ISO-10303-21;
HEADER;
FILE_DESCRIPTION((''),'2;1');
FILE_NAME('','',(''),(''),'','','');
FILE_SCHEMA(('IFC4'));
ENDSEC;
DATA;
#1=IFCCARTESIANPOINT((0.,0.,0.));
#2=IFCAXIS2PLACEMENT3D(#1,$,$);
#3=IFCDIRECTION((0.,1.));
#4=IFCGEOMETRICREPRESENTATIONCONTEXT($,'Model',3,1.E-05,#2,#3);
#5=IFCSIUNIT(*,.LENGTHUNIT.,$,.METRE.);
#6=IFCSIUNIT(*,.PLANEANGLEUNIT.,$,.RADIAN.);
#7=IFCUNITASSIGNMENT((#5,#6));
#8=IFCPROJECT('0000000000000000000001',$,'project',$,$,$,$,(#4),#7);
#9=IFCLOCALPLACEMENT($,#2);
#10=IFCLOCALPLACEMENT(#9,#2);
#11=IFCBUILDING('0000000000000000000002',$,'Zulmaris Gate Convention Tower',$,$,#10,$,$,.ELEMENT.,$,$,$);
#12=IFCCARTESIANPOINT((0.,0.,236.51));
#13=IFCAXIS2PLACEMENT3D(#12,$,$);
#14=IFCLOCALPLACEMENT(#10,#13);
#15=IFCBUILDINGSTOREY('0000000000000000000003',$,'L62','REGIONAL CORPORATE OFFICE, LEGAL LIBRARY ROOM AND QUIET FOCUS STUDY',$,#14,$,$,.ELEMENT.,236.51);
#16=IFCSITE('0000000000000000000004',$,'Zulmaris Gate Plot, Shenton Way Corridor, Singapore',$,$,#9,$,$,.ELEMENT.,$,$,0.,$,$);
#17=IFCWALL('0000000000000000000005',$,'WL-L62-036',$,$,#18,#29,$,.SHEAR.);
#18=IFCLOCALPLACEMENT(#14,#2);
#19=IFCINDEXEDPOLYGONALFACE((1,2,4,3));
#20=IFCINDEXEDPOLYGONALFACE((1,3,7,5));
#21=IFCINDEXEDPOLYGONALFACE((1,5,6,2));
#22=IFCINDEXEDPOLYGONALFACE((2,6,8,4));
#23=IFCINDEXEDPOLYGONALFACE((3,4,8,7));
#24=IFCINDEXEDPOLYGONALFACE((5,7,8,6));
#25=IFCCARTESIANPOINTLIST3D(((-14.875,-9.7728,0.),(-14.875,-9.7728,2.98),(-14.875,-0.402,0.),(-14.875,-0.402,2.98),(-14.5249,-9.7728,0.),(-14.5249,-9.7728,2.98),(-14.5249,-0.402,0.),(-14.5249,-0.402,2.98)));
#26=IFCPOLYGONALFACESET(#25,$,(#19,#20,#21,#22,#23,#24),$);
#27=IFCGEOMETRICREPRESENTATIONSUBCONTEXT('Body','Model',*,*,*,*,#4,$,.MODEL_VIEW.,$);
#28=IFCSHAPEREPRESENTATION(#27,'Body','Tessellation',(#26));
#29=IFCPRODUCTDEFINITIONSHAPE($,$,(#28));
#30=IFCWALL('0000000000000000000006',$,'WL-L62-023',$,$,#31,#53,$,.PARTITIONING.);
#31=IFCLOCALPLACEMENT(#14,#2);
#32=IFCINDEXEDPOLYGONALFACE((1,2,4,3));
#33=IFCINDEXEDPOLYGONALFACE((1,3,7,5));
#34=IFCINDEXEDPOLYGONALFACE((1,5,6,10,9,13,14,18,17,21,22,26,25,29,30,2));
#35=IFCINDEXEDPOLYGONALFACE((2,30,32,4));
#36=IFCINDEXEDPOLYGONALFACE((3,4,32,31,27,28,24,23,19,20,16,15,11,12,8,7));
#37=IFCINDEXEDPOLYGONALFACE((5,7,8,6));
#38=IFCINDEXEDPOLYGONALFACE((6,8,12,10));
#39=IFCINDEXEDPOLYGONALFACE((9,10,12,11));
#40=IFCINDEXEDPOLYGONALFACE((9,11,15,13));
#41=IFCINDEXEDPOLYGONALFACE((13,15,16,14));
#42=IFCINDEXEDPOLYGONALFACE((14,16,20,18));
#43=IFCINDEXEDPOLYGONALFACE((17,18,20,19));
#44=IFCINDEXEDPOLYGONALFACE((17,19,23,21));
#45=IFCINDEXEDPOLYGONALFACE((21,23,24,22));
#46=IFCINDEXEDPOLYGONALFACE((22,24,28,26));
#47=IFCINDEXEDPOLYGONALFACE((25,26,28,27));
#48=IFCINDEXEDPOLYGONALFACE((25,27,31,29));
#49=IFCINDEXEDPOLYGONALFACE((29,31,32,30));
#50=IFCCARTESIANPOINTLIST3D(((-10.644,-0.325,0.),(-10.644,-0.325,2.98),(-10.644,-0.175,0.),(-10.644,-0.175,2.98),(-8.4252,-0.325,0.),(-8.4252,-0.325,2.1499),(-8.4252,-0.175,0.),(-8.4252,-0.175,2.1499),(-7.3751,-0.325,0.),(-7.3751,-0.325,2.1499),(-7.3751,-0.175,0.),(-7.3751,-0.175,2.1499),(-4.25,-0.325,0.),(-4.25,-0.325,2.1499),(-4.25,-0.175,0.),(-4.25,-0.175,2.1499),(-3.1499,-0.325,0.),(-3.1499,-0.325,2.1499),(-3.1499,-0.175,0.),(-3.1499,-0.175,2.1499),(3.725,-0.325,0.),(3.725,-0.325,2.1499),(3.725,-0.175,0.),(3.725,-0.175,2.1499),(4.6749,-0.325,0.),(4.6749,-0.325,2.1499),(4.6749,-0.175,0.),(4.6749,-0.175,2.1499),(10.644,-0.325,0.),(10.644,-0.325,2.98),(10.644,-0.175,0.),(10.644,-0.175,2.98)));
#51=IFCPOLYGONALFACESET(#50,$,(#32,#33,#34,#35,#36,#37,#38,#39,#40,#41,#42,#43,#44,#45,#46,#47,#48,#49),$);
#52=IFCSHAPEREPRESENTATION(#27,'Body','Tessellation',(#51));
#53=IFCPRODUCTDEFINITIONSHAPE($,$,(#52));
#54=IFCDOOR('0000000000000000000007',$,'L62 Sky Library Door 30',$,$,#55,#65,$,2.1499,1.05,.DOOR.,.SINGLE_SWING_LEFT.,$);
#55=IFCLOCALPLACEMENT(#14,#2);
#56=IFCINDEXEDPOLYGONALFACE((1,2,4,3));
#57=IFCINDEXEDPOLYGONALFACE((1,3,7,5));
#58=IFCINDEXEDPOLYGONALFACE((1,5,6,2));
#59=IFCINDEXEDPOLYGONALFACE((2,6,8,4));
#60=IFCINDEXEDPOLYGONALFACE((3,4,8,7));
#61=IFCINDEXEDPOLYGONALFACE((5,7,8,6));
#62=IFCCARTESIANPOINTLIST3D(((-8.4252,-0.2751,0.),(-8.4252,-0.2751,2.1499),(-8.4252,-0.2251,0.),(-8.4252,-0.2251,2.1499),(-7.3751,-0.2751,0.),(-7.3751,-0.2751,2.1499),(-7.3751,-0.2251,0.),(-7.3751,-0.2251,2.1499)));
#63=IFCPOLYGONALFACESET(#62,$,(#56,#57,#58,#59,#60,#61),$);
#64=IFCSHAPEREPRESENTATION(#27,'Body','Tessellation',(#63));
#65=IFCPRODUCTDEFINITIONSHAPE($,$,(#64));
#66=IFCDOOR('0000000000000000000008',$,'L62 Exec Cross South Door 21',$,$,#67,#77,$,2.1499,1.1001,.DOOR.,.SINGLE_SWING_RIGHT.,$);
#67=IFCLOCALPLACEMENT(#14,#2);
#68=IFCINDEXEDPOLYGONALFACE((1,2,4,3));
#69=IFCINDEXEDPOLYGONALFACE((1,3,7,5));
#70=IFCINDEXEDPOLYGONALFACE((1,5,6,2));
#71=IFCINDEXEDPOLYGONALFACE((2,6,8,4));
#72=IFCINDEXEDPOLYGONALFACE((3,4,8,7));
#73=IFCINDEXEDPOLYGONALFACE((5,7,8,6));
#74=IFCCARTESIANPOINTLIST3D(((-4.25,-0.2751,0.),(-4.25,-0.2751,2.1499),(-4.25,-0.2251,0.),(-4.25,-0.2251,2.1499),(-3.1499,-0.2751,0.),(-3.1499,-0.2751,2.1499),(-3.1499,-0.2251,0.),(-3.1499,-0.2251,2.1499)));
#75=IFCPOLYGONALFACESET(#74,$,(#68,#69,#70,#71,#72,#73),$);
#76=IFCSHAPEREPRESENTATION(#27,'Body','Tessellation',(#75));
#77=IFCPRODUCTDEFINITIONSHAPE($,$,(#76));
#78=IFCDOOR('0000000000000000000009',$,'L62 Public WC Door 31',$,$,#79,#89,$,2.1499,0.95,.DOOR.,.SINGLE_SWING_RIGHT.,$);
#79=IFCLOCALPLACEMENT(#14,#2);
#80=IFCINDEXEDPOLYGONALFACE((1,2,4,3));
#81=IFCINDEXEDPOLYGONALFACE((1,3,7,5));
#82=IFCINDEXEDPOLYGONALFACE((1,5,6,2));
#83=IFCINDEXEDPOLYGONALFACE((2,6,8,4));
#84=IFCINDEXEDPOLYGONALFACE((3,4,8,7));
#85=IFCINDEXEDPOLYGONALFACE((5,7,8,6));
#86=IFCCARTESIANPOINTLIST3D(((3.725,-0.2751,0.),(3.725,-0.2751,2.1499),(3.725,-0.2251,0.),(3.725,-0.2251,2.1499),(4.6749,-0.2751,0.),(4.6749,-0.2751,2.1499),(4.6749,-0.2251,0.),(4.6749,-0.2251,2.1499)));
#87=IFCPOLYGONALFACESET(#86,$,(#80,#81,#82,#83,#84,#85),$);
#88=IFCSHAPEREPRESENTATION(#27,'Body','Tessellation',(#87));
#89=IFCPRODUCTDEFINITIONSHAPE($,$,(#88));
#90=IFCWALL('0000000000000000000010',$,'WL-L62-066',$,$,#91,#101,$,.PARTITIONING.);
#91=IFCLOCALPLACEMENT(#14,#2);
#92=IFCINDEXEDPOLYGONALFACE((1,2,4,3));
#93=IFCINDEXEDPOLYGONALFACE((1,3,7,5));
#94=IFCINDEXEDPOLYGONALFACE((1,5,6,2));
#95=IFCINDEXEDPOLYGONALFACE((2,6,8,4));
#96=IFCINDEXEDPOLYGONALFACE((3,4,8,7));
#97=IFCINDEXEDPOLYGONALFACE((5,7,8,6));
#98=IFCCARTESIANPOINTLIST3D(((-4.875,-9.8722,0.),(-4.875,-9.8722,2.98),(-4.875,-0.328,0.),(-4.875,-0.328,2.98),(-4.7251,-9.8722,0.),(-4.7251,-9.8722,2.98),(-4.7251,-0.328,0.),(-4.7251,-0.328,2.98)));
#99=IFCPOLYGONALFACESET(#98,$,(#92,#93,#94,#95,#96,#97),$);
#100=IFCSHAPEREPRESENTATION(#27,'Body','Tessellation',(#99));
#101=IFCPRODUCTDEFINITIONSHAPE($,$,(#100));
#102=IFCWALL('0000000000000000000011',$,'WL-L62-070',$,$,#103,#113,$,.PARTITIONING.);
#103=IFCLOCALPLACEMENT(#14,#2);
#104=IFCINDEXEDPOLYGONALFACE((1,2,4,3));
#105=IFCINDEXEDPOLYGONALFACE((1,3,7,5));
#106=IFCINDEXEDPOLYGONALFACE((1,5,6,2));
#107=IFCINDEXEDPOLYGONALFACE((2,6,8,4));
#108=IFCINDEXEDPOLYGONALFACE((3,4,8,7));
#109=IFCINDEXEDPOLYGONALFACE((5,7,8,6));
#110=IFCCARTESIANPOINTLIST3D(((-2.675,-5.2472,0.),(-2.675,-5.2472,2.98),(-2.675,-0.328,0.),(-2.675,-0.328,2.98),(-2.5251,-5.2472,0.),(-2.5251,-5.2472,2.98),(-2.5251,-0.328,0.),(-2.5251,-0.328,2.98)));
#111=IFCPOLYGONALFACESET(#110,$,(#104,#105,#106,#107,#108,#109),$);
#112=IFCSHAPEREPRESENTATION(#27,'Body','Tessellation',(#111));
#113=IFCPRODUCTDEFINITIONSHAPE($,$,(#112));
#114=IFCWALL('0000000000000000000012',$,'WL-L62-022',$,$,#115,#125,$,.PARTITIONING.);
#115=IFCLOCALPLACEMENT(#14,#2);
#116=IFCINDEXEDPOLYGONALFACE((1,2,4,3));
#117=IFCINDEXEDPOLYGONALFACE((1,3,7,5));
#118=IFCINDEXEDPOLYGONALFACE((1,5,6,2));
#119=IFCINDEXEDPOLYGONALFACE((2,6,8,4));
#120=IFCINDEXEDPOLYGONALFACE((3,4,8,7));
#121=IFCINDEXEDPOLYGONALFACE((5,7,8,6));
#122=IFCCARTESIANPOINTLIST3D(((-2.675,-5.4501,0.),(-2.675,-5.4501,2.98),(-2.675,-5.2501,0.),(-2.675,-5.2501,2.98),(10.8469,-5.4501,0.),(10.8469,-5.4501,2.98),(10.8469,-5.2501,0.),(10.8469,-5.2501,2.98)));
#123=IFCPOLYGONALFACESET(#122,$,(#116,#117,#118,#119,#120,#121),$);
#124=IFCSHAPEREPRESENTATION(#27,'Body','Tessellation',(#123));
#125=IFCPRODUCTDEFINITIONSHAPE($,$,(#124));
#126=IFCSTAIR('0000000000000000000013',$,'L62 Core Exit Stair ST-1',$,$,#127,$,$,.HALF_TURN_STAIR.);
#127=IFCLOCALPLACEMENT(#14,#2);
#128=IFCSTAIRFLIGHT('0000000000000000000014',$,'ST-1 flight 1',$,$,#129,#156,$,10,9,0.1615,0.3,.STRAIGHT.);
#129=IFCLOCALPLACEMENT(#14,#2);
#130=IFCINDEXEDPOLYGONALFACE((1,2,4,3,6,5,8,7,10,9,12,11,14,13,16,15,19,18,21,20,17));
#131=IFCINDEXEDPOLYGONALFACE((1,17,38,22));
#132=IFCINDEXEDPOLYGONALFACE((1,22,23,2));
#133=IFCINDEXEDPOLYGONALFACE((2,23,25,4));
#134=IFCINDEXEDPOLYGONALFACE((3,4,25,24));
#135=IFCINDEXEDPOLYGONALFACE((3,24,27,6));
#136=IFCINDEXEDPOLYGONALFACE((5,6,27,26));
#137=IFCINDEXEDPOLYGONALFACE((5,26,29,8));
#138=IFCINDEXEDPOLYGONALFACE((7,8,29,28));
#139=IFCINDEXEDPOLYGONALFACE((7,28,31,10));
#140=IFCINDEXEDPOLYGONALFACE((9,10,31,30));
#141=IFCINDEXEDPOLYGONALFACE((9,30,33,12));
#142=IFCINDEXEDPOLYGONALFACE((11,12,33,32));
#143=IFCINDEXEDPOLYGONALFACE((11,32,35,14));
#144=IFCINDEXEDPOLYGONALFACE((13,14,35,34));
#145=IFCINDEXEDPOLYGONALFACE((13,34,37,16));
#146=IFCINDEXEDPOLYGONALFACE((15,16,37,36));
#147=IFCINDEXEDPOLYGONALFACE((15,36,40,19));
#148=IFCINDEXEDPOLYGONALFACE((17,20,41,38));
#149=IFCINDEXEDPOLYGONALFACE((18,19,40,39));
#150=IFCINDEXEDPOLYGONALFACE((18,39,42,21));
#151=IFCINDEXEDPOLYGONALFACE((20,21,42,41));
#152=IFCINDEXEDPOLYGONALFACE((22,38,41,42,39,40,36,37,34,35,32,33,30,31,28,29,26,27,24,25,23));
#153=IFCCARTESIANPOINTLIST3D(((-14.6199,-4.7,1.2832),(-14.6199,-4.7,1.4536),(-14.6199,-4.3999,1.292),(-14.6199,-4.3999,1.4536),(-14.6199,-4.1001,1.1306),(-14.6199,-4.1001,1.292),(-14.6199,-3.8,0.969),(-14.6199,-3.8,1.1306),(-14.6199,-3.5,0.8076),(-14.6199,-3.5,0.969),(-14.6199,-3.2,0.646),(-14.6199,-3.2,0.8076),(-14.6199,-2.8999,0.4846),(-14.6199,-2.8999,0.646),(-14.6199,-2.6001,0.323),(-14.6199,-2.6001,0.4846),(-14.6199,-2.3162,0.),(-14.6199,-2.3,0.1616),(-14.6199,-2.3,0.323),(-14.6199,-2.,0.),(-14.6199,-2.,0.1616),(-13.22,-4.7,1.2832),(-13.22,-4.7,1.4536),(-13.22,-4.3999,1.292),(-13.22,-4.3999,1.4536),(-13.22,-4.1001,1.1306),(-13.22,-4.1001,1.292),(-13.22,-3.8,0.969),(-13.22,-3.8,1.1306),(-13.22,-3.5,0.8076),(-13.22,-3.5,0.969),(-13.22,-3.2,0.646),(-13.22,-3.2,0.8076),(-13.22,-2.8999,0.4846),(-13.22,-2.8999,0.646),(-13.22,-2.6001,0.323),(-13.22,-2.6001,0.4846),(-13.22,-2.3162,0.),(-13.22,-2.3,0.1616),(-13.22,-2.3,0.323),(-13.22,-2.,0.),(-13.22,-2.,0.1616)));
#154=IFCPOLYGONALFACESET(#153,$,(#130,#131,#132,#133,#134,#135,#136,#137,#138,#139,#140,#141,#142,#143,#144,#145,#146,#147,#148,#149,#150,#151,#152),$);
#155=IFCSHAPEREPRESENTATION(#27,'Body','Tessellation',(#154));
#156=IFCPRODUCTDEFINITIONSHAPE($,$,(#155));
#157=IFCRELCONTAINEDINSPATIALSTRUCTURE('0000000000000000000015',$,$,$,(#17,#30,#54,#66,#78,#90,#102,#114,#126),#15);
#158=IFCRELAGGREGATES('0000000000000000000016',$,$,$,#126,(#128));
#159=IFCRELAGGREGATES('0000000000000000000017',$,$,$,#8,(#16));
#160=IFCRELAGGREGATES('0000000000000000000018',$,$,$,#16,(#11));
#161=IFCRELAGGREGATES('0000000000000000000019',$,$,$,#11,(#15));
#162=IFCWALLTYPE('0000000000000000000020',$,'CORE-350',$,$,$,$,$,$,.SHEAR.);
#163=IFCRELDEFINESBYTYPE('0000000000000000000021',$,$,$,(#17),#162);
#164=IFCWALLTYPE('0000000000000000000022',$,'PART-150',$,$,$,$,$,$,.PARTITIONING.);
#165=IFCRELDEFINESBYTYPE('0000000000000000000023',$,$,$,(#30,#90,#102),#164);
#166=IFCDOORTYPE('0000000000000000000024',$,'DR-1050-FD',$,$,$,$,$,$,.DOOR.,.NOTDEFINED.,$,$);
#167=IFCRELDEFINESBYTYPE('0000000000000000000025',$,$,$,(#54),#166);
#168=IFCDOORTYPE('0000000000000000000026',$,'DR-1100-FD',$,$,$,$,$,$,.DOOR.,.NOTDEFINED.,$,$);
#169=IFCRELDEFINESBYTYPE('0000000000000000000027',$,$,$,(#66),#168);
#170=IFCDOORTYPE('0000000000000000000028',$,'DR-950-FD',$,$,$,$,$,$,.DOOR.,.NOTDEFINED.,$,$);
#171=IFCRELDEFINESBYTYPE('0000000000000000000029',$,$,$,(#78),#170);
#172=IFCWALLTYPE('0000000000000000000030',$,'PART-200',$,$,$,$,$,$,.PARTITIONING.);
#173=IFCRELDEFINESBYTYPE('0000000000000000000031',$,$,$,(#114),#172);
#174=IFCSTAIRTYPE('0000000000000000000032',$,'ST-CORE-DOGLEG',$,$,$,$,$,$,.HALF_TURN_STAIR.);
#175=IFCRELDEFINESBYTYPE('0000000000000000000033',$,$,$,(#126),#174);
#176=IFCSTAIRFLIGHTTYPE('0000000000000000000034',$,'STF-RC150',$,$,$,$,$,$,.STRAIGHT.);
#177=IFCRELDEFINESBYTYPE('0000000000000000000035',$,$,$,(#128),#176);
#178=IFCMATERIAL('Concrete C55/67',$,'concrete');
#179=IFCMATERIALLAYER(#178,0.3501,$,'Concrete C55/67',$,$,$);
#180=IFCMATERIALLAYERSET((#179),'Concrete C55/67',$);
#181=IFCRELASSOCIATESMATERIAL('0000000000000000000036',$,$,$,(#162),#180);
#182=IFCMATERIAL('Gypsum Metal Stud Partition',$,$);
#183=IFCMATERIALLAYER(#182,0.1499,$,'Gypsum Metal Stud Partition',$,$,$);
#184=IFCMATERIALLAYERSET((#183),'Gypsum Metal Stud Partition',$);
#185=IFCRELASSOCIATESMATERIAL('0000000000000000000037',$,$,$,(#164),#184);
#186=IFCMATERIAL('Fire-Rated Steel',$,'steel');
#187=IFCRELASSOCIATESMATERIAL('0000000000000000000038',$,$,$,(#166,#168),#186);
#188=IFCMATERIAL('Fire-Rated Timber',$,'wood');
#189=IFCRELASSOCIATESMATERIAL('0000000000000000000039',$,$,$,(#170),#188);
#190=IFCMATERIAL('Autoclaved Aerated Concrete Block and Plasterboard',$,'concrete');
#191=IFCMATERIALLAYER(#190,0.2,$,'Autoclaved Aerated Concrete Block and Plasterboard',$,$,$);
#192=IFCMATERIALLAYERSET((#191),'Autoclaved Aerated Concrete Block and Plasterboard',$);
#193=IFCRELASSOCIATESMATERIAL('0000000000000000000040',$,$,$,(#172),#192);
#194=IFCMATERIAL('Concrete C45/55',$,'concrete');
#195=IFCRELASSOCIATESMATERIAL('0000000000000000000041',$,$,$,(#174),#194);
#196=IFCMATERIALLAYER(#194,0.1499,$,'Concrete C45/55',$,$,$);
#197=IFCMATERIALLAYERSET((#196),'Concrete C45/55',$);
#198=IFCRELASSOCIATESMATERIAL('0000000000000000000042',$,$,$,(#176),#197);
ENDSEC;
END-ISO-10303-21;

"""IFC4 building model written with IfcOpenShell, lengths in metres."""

from ifc_helpers import new_model, si_unit, direction, frame, frame_2d, origin, place, context, subcontext, project, spatial, polyline, rectangle, outline, extrude, material, layer, layer_set, type_object, element, fill, aggregate, save


model = new_model("IFC4")

# Units and contexts
model_context = context("Model", 3, precision=1e-05, world=origin(), true_north=direction((0.0, 1.0)))
body_context = subcontext(model_context, "Body", "Model", "MODEL_VIEW")
ifc_project = project(units=[si_unit("LENGTHUNIT", "METRE"), si_unit("PLANEANGLEUNIT", "RADIAN")], contexts=[model_context])

# Site, building, storey
site_placement = place(None, origin())
site = spatial("IfcSite", under=ifc_project, at=site_placement, Name="Zulmaris Gate Plot, Shenton Way Corridor, Singapore", CompositionType="ELEMENT", RefElevation=0.0)
building_placement = place(site_placement, origin())
building = spatial("IfcBuilding", under=site, at=building_placement, Name="Zulmaris Gate Convention Tower", CompositionType="ELEMENT")
storey_placement = place(building_placement, frame((0.0, 0.0, 236.51)))
storey = spatial("IfcBuildingStorey", under=building, at=storey_placement, Name="L62", Description="REGIONAL CORPORATE OFFICE, LEGAL LIBRARY ROOM AND QUIET FOCUS STUDY", CompositionType="ELEMENT", Elevation=236.51)

# Wall
ifc_material_1 = material(Name="Concrete C55/67", Category="concrete")
ifc_layer_1 = layer(ifc_material_1, 0.3501, Name="Concrete C55/67")
ifc_layer_set_1 = layer_set([ifc_layer_1], Name="Concrete C55/67")
wall_type_1 = type_object("IfcWallType", Name="CORE-350", PredefinedType="SHEAR", material=ifc_layer_set_1)
wall_1_placement = place(storey_placement, frame((-14.7, -9.7729, 0.0), z_axis=(0.0, 0.0, 1.0), x_axis=(0.0, 1.0, 0.0)))
element("IfcWall", 1, at=wall_1_placement, inside=storey, type_object=wall_type_1, Name="WL-L62-036", PredefinedType="SHEAR", context=body_context, shape_type="SweptSolid", body=[
    extrude(rectangle(XDim=9.3708, YDim=0.3501, at=frame_2d((4.6855, 0.0))), origin(), (0.0, 0.0, 1.0), 2.98),
])

# Wall, openings, doors
ifc_material_2 = material(Name="Gypsum Metal Stud Partition")
ifc_layer_2 = layer(ifc_material_2, 0.1499, Name="Gypsum Metal Stud Partition")
ifc_layer_set_2 = layer_set([ifc_layer_2], Name="Gypsum Metal Stud Partition")
wall_type_2 = type_object("IfcWallType", Name="PART-150", PredefinedType="PARTITIONING", material=ifc_layer_set_2)
wall_2_placement = place(storey_placement, frame((-10.644, -0.25, 0.0), z_axis=(0.0, 0.0, 1.0), x_axis=(1.0, 0.0, 0.0)))
wall_2 = element("IfcWall", 2, at=wall_2_placement, inside=storey, type_object=wall_type_2, Name="WL-L62-023", PredefinedType="PARTITIONING", context=body_context, shape_type="SweptSolid", body=[
    extrude(rectangle(XDim=21.2881, YDim=0.1499, at=frame_2d((10.644, 0.0))), origin(), (0.0, 0.0, 1.0), 2.98),
])
opening_1_placement = place(wall_2_placement, frame((6.394, 0.0, 0.0)))
opening_1 = element("IfcOpeningElement", 3, at=opening_1_placement, cuts=wall_2, PredefinedType="OPENING", context=body_context, shape_type="SweptSolid", body=[
    extrude(rectangle(XDim=1.1001, YDim=2.1499, at=frame_2d((0.55, 1.075))), frame((0.0, 0.085, 0.0), z_axis=(0.0, -1.0, 0.0), x_axis=(1.0, 0.0, 0.0)), (0.0, 0.0, 1.0), 0.1699),
])
opening_2_placement = place(wall_2_placement, frame((2.219, 0.0, 0.0)))
opening_2 = element("IfcOpeningElement", 4, at=opening_2_placement, cuts=wall_2, PredefinedType="OPENING", context=body_context, shape_type="SweptSolid", body=[
    extrude(rectangle(XDim=1.05, YDim=2.1499, at=frame_2d((0.5249, 1.075))), frame((0.0, 0.085, 0.0), z_axis=(0.0, -1.0, 0.0), x_axis=(1.0, 0.0, 0.0)), (0.0, 0.0, 1.0), 0.1699),
])
opening_3_placement = place(wall_2_placement, frame((14.3689, 0.0, 0.0)))
opening_3 = element("IfcOpeningElement", 5, at=opening_3_placement, cuts=wall_2, PredefinedType="OPENING", context=body_context, shape_type="SweptSolid", body=[
    extrude(rectangle(XDim=0.95, YDim=2.1499, at=frame_2d((0.4751, 1.075))), frame((0.0, 0.085, 0.0), z_axis=(0.0, -1.0, 0.0), x_axis=(1.0, 0.0, 0.0)), (0.0, 0.0, 1.0), 0.1699),
])
ifc_material_3 = material(Name="Fire-Rated Steel", Category="steel")
door_type_1 = type_object("IfcDoorType", Name="DR-1050-FD", OperationType="NOTDEFINED", PredefinedType="DOOR", material=ifc_material_3)
door_1_placement = place(opening_2_placement, origin())
door_1 = element("IfcDoor", 6, at=door_1_placement, inside=storey, type_object=door_type_1, Name="L62 Sky Library Door 30", OperationType="SINGLE_SWING_LEFT", OverallHeight=2.1499, OverallWidth=1.05, PredefinedType="DOOR", context=body_context, shape_type="SweptSolid", body=[
    extrude(rectangle(XDim=1.05, YDim=2.1499, at=frame_2d((0.5249, 1.075))), frame((0.0, 0.0249, 0.0), z_axis=(0.0, -1.0, 0.0), x_axis=(1.0, 0.0, 0.0)), (0.0, 0.0, 1.0), 0.05),
])
fill(opening_2, door_1)
door_type_2 = type_object("IfcDoorType", Name="DR-1100-FD", OperationType="NOTDEFINED", PredefinedType="DOOR", material=ifc_material_3)
door_2_placement = place(opening_1_placement, origin())
door_2 = element("IfcDoor", 7, at=door_2_placement, inside=storey, type_object=door_type_2, Name="L62 Exec Cross South Door 21", OperationType="SINGLE_SWING_RIGHT", OverallHeight=2.1499, OverallWidth=1.1001, PredefinedType="DOOR", context=body_context, shape_type="SweptSolid", body=[
    extrude(rectangle(XDim=1.1001, YDim=2.1499, at=frame_2d((0.55, 1.075))), frame((0.0, 0.0249, 0.0), z_axis=(0.0, -1.0, 0.0), x_axis=(1.0, 0.0, 0.0)), (0.0, 0.0, 1.0), 0.05),
])
fill(opening_1, door_2)
ifc_material_4 = material(Name="Fire-Rated Timber", Category="wood")
door_type_3 = type_object("IfcDoorType", Name="DR-950-FD", OperationType="NOTDEFINED", PredefinedType="DOOR", material=ifc_material_4)
door_3_placement = place(opening_3_placement, origin())
door_3 = element("IfcDoor", 8, at=door_3_placement, inside=storey, type_object=door_type_3, Name="L62 Public WC Door 31", OperationType="SINGLE_SWING_RIGHT", OverallHeight=2.1499, OverallWidth=0.95, PredefinedType="DOOR", context=body_context, shape_type="SweptSolid", body=[
    extrude(rectangle(XDim=0.95, YDim=2.1499, at=frame_2d((0.4751, 1.075))), frame((0.0, 0.0249, 0.0), z_axis=(0.0, -1.0, 0.0), x_axis=(1.0, 0.0, 0.0)), (0.0, 0.0, 1.0), 0.05),
])
fill(opening_3, door_3)

# Wall
wall_3_placement = place(storey_placement, frame((-4.8, -9.8721, 0.0), z_axis=(0.0, 0.0, 1.0), x_axis=(0.0, 1.0, 0.0)))
element("IfcWall", 9, at=wall_3_placement, inside=storey, type_object=wall_type_2, Name="WL-L62-066", PredefinedType="PARTITIONING", context=body_context, shape_type="SweptSolid", body=[
    extrude(rectangle(XDim=9.5442, YDim=0.1499, at=frame_2d((4.772, 0.0))), origin(), (0.0, 0.0, 1.0), 2.98),
])

# Walls
wall_4_placement = place(storey_placement, frame((-2.6001, -5.2471, 0.0), z_axis=(0.0, 0.0, 1.0), x_axis=(0.0, 1.0, 0.0)))
element("IfcWall", 10, at=wall_4_placement, inside=storey, type_object=wall_type_2, Name="WL-L62-070", PredefinedType="PARTITIONING", context=body_context, shape_type="SweptSolid", body=[
    extrude(rectangle(XDim=4.9192, YDim=0.1499, at=frame_2d((2.4595, 0.0))), origin(), (0.0, 0.0, 1.0), 2.98),
])
ifc_material_5 = material(Name="Autoclaved Aerated Concrete Block and Plasterboard", Category="concrete")
ifc_layer_3 = layer(ifc_material_5, 0.2, Name="Autoclaved Aerated Concrete Block and Plasterboard")
ifc_layer_set_3 = layer_set([ifc_layer_3], Name="Autoclaved Aerated Concrete Block and Plasterboard")
wall_type_3 = type_object("IfcWallType", Name="PART-200", PredefinedType="PARTITIONING", material=ifc_layer_set_3)
wall_5_placement = place(storey_placement, frame((-2.675, -5.3501, 0.0), z_axis=(0.0, 0.0, 1.0), x_axis=(1.0, 0.0, 0.0)))
element("IfcWall", 11, at=wall_5_placement, inside=storey, type_object=wall_type_3, Name="WL-L62-022", PredefinedType="PARTITIONING", context=body_context, shape_type="SweptSolid", body=[
    extrude(rectangle(XDim=13.522, YDim=0.2, at=frame_2d((6.761, 0.0))), origin(), (0.0, 0.0, 1.0), 2.98),
])

# Stair, stair flight
ifc_material_6 = material(Name="Concrete C45/55", Category="concrete")
stair_type = type_object("IfcStairType", Name="ST-CORE-DOGLEG", PredefinedType="HALF_TURN_STAIR", material=ifc_material_6)
stair_placement = place(storey_placement, origin())
stair = element("IfcStair", 12, at=stair_placement, inside=storey, type_object=stair_type, Name="L62 Core Exit Stair ST-1", PredefinedType="HALF_TURN_STAIR")
ifc_layer_4 = layer(ifc_material_6, 0.1499, Name="Concrete C45/55")
ifc_layer_set_4 = layer_set([ifc_layer_4], Name="Concrete C45/55")
stair_flight_type = type_object("IfcStairFlightType", Name="STF-RC150", PredefinedType="STRAIGHT", material=ifc_layer_set_4)
stair_flight_1_placement = place(storey_placement, frame((-13.9199, -2.0, 0.0), z_axis=(0.0, 0.0, 1.0), x_axis=(0.0, -1.0, 0.0)))
stair_flight_1 = element("IfcStairFlight", 13, at=stair_flight_1_placement, type_object=stair_flight_type, Name="ST-1 flight 1", NumberOfRisers=10, NumberOfTreads=9, PredefinedType="STRAIGHT", RiserHeight=0.1615, TreadLength=0.3, context=body_context, shape_type="SweptSolid", body=[
    extrude(outline(polyline([(0.0, 0.0), (0.0, 0.1616), (0.3, 0.1616), (0.3, 0.323), (0.6001, 0.323), (0.6001, 0.4846), (0.8999, 0.4846), (0.8999, 0.646), (1.2, 0.646), (1.2, 0.8076), (1.5, 0.8076), (1.5, 0.969), (1.8, 0.969), (1.8, 1.1306), (2.1001, 1.1306), (2.1001, 1.292), (2.3999, 1.292), (2.3999, 1.4536), (2.7, 1.4536), (2.7, 1.615), (2.7, 1.2832), (0.3162, 0.0), (0.0, 0.0)])), frame((0.0, 0.7, 0.0), z_axis=(0.0, -1.0, 0.0), x_axis=(1.0, 0.0, 0.0)), (0.0, 0.0, 1.0), 1.3999),
])
aggregate(stair, [stair_flight_1])

save(model, "model.ifc")
